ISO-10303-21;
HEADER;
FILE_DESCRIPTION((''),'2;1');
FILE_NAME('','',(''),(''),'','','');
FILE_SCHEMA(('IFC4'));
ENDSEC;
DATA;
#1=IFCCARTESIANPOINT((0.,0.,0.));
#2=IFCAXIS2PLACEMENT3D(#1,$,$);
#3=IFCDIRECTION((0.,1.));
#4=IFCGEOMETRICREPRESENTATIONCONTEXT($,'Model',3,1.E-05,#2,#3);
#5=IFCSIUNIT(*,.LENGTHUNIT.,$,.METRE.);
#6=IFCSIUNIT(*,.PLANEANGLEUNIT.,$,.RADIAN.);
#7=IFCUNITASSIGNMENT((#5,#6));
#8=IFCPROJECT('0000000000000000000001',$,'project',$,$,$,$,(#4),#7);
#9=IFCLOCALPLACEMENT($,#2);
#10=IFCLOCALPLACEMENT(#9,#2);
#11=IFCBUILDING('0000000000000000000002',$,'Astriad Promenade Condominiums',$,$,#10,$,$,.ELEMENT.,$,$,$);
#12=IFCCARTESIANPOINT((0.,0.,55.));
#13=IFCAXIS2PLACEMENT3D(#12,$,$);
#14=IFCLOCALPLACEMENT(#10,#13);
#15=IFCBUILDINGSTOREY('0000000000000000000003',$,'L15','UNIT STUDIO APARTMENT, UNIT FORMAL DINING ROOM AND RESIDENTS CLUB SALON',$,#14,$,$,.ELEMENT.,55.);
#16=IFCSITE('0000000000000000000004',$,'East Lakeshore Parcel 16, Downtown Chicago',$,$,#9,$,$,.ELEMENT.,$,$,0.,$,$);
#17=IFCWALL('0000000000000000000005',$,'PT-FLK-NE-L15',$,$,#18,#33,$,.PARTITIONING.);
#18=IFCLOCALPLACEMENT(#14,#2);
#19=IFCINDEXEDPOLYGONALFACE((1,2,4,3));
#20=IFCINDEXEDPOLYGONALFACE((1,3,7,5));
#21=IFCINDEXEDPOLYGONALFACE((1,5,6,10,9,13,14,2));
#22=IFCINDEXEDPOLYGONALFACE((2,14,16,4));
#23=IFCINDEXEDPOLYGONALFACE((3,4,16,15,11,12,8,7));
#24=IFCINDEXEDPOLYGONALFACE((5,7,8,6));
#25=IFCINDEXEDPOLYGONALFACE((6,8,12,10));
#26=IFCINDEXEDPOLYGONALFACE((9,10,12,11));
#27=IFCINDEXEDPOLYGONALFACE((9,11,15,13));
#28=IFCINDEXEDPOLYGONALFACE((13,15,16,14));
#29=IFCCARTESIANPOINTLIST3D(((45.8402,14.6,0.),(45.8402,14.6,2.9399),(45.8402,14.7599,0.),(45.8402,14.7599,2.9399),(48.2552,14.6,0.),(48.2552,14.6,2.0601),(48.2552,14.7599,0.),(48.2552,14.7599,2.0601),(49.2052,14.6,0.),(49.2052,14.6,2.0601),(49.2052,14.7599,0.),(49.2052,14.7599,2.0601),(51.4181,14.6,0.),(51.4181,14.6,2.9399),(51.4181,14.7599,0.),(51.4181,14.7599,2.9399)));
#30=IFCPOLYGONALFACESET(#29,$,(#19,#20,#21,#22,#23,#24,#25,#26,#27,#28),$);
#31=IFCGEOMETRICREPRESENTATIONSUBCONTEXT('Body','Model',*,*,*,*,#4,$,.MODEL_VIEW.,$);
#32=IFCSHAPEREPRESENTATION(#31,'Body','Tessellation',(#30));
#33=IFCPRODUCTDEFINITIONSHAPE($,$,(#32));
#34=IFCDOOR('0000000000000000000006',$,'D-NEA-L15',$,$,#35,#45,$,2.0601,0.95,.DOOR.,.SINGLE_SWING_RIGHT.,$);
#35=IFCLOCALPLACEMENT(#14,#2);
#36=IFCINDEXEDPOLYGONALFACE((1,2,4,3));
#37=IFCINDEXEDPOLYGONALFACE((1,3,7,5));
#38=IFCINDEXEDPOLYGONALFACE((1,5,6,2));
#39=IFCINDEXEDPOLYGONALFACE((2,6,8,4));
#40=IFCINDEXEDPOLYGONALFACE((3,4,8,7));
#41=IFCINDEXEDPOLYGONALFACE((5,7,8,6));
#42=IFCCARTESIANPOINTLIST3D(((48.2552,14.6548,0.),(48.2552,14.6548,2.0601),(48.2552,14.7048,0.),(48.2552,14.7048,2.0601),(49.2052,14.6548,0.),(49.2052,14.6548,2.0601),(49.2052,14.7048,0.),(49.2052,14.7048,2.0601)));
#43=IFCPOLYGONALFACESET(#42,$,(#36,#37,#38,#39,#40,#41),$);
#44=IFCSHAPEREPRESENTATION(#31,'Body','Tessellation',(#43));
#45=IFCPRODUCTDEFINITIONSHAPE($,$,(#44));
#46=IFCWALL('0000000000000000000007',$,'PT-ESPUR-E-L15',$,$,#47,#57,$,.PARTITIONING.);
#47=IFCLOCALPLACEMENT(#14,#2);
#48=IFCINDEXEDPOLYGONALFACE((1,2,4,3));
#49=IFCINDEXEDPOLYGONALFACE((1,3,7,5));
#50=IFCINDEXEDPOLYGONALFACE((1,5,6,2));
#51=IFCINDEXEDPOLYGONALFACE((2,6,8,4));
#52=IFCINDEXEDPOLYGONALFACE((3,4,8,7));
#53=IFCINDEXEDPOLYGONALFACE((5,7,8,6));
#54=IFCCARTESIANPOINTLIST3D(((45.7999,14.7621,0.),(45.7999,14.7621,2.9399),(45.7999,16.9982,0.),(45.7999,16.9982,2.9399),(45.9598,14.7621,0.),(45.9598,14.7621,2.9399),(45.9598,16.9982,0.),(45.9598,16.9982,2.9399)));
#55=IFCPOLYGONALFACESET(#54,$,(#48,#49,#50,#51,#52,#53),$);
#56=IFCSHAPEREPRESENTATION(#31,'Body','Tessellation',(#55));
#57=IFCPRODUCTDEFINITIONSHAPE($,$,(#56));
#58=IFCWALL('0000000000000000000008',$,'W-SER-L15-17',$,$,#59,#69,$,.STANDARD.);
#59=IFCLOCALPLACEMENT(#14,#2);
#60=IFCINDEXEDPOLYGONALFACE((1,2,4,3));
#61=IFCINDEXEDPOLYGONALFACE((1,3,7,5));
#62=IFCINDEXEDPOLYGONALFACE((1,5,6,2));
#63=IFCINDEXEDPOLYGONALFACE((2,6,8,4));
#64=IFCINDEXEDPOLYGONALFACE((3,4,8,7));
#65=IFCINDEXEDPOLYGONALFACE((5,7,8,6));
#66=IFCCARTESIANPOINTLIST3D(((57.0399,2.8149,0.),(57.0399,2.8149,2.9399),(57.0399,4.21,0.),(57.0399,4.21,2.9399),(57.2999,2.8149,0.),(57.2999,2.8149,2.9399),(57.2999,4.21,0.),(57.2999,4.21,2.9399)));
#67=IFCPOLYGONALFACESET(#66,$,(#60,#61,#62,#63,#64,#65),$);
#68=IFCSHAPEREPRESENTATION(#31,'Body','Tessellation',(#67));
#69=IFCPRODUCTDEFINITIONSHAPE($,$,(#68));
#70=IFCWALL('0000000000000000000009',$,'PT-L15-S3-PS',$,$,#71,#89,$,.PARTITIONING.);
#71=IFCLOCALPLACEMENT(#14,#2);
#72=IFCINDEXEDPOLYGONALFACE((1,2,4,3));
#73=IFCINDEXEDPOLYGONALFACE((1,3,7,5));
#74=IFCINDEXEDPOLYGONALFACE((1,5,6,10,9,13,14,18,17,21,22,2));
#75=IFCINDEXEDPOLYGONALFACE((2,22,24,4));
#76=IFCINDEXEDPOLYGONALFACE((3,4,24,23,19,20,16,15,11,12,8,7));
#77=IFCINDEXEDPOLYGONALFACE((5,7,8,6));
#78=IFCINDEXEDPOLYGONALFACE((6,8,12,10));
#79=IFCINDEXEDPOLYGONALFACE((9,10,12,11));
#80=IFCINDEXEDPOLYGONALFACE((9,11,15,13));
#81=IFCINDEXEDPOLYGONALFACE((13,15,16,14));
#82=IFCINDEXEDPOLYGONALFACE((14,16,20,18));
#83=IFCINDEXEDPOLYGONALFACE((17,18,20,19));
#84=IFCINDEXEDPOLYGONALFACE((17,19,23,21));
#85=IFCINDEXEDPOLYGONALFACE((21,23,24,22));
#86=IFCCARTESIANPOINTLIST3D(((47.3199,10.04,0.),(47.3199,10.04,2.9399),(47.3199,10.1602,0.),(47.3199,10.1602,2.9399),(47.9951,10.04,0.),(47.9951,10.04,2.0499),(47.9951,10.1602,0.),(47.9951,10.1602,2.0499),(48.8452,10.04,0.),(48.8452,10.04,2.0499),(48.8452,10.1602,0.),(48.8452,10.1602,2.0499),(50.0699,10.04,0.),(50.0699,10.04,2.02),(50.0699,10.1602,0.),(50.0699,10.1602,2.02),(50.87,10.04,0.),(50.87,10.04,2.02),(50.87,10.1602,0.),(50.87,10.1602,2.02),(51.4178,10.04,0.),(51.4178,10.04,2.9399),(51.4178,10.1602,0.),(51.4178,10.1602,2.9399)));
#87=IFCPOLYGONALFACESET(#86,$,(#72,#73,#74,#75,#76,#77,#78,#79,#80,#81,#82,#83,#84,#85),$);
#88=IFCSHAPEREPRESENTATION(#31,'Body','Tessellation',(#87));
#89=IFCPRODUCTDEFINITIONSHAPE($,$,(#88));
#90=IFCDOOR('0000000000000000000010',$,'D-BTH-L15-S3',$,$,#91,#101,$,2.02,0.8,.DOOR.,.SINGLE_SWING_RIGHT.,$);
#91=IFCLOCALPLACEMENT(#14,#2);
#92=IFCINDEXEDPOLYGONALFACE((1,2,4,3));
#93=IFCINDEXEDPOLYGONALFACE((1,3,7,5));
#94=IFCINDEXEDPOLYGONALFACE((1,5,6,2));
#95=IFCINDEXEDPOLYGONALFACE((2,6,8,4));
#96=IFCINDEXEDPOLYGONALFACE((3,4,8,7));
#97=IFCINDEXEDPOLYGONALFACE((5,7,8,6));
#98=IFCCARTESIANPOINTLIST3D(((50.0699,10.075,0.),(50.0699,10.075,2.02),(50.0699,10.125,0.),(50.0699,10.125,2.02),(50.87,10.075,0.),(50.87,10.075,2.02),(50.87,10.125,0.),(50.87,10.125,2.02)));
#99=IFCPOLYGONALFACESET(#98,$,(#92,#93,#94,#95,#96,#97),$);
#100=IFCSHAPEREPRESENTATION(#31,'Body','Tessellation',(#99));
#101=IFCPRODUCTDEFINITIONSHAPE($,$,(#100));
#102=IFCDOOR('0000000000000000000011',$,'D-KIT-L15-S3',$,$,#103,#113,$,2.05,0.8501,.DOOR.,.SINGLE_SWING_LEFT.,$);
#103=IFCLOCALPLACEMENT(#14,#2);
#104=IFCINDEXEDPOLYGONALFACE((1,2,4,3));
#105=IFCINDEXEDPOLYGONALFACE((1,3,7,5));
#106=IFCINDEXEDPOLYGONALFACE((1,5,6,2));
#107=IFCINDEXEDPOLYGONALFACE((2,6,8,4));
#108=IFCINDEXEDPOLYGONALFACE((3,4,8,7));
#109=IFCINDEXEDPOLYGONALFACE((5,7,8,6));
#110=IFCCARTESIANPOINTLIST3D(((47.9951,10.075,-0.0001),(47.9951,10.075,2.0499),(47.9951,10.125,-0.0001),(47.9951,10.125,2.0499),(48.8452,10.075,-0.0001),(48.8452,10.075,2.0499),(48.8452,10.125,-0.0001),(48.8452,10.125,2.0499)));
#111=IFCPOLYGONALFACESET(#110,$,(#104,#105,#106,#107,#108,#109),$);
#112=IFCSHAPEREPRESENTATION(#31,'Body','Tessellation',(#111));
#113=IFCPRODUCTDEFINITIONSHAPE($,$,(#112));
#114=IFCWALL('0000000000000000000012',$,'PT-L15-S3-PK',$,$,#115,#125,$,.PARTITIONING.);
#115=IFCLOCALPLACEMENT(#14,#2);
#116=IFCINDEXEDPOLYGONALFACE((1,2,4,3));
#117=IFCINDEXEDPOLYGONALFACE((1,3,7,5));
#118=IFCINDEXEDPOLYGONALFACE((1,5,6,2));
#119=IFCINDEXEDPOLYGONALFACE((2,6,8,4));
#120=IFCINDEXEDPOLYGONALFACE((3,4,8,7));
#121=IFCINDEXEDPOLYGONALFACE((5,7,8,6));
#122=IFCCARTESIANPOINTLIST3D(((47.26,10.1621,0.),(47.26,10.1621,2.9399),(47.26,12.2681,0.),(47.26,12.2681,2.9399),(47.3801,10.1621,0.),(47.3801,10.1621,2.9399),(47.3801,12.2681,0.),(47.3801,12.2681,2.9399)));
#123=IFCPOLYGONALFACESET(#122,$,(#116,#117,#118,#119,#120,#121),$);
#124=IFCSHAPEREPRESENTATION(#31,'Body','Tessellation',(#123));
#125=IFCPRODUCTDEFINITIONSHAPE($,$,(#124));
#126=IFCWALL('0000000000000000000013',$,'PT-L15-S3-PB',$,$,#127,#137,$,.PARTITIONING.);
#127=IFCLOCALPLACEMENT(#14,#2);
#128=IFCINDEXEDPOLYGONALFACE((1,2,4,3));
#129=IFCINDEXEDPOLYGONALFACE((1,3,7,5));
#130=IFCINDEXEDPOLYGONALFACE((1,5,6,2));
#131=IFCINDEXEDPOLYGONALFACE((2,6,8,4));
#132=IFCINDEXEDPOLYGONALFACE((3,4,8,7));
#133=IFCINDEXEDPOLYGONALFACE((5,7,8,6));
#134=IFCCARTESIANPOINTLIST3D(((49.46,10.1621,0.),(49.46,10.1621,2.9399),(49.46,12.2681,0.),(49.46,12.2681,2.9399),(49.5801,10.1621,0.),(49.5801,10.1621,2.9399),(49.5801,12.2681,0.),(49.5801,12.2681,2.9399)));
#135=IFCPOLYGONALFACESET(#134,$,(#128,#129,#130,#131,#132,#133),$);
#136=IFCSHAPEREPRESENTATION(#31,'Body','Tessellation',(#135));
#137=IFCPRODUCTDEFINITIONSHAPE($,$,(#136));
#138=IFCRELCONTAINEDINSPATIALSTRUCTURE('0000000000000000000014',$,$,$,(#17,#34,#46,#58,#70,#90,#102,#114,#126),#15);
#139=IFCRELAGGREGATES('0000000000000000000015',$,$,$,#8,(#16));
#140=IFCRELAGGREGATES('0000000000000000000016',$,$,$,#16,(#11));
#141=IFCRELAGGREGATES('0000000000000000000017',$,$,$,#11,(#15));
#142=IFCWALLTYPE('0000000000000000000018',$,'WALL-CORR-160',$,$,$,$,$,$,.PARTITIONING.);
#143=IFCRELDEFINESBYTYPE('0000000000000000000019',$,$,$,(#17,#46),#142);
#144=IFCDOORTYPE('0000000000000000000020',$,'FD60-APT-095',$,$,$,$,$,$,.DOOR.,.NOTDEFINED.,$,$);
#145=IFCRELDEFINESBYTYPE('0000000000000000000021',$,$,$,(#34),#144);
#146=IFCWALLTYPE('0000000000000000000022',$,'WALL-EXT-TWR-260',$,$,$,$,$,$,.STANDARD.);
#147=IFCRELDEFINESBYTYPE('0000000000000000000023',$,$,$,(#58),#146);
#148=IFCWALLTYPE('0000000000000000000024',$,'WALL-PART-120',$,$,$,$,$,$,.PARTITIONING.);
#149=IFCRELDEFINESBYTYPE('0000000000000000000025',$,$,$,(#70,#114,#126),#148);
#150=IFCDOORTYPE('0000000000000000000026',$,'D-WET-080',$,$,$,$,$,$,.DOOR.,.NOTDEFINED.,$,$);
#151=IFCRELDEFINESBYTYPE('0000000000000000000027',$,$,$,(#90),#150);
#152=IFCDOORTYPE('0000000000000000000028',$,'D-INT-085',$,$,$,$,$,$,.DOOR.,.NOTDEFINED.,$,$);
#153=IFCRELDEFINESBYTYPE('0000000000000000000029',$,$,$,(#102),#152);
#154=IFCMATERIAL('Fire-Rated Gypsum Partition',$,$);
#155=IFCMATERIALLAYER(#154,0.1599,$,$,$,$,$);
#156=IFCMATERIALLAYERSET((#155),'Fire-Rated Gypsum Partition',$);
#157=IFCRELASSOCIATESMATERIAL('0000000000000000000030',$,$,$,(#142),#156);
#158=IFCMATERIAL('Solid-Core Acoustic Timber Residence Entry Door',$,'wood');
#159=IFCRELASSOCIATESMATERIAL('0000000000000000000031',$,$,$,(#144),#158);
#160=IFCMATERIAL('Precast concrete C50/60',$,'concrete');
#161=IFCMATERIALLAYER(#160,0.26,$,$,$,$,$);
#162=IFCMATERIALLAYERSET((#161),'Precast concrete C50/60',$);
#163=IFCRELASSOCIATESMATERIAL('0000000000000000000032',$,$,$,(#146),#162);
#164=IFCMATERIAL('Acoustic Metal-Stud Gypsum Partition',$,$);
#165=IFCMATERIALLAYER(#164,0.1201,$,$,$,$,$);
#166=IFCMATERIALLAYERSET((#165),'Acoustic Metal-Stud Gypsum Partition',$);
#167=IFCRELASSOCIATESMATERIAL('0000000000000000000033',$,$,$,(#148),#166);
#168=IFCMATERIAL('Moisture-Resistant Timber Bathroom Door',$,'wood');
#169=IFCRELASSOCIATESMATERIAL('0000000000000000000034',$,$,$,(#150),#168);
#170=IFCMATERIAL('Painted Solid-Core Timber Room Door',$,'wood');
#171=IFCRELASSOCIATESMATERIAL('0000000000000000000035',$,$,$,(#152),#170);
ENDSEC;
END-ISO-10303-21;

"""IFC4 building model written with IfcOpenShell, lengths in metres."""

from ifc_helpers import new_model, si_unit, direction, frame, frame_2d, origin, place, context, subcontext, project, spatial, rectangle, extrude, source, transform, mapped, material, layer, layer_set, type_object, type_shapes, element, fill, save


model = new_model("IFC4")

# Units and contexts
model_context = context("Model", 3, precision=1e-05, world=origin(), true_north=direction((0.0, 1.0)))
body_context = subcontext(model_context, "Body", "Model", "MODEL_VIEW")
ifc_project = project(units=[si_unit("LENGTHUNIT", "METRE"), si_unit("PLANEANGLEUNIT", "RADIAN")], contexts=[model_context])

# Site, building, storey
site_placement = place(None, origin())
site = spatial("IfcSite", under=ifc_project, at=site_placement, Name="East Lakeshore Parcel 16, Downtown Chicago", CompositionType="ELEMENT", RefElevation=0.0)
building_placement = place(site_placement, origin())
building = spatial("IfcBuilding", under=site, at=building_placement, Name="Astriad Promenade Condominiums", CompositionType="ELEMENT")
storey_placement = place(building_placement, frame((0.0, 0.0, 55.0)))
storey = spatial("IfcBuildingStorey", under=building, at=storey_placement, Name="L15", Description="UNIT STUDIO APARTMENT, UNIT FORMAL DINING ROOM AND RESIDENTS CLUB SALON", CompositionType="ELEMENT", Elevation=55.0)

# Shared definitions
ifc_material_1 = material(Name="Fire-Rated Gypsum Partition")
ifc_layer_1 = layer(ifc_material_1, 0.1599)
ifc_layer_set_1 = layer_set([ifc_layer_1], Name="Fire-Rated Gypsum Partition")
wall_type_1 = type_object("IfcWallType", Name="WALL-CORR-160", PredefinedType="PARTITIONING", material=ifc_layer_set_1)

# Wall, opening, door
ifc_material_2 = material(Name="Solid-Core Acoustic Timber Residence Entry Door", Category="wood")
door_type_1 = type_object("IfcDoorType", Name="FD60-APT-095", OperationType="NOTDEFINED", PredefinedType="DOOR", material=ifc_material_2)
shared_shape_1 = source(origin(), body_context, "Body", "SweptSolid", [
    extrude(rectangle(XDim=0.95, YDim=2.0601, at=frame_2d((0.4751, 1.03))), frame((0.0, 0.0249, 0.0), z_axis=(0.0, -1.0, 0.0), x_axis=(1.0, 0.0, 0.0)), (0.0, 0.0, 1.0), 0.05),
])
type_shapes(door_type_1, [shared_shape_1])
wall_1_placement = place(storey_placement, frame((45.8401, 14.6799, 0.0), z_axis=(0.0, 0.0, 1.0), x_axis=(1.0, 0.0, 0.0)))
wall_1 = element("IfcWall", 1, at=wall_1_placement, inside=storey, type_object=wall_type_1, Name="PT-FLK-NE-L15", PredefinedType="PARTITIONING", context=body_context, shape_type="SweptSolid", body=[
    extrude(rectangle(XDim=5.5779, YDim=0.1599, at=frame_2d((2.7891, 0.0))), origin(), (0.0, 0.0, 1.0), 2.9399),
])
opening_1_placement = place(wall_1_placement, frame((2.415, 0.0, 0.0)))
opening_1 = element("IfcOpeningElement", 2, at=opening_1_placement, cuts=wall_1, PredefinedType="OPENING", context=body_context, shape_type="SweptSolid", body=[
    extrude(rectangle(XDim=0.95, YDim=2.0601, at=frame_2d((0.4751, 1.03))), frame((0.0, 0.0898, 0.0), z_axis=(0.0, -1.0, 0.0), x_axis=(1.0, 0.0, 0.0)), (0.0, 0.0, 1.0), 0.1799),
])
door_1_placement = place(opening_1_placement, origin())
door_1 = element("IfcDoor", 3, at=door_1_placement, inside=storey, type_object=door_type_1, Name="D-NEA-L15", OperationType="SINGLE_SWING_RIGHT", OverallHeight=2.0601, OverallWidth=0.95, PredefinedType="DOOR", context=body_context, shape_type="MappedRepresentation", body=[
    mapped(shared_shape_1, transform((0.0, 0.0, 0.0), scale=1.0)),
])
fill(opening_1, door_1)

# Walls
wall_2_placement = place(storey_placement, frame((45.8799, 14.762, 0.0), z_axis=(0.0, 0.0, 1.0), x_axis=(0.0, 1.0, 0.0)))
element("IfcWall", 4, at=wall_2_placement, inside=storey, type_object=wall_type_1, Name="PT-ESPUR-E-L15", PredefinedType="PARTITIONING", context=body_context, shape_type="SweptSolid", body=[
    extrude(rectangle(XDim=2.2361, YDim=0.1599, at=frame_2d((1.1182, 0.0))), origin(), (0.0, 0.0, 1.0), 2.9399),
])
ifc_material_3 = material(Name="Precast concrete C50/60", Category="concrete")
ifc_layer_2 = layer(ifc_material_3, 0.26)
ifc_layer_set_2 = layer_set([ifc_layer_2], Name="Precast concrete C50/60")
wall_type_2 = type_object("IfcWallType", Name="WALL-EXT-TWR-260", PredefinedType="STANDARD", material=ifc_layer_set_2)
wall_3_placement = place(storey_placement, frame((57.1699, 4.21, 0.0), z_axis=(0.0, 0.0, 1.0), x_axis=(0.0, -1.0, 0.0)))
element("IfcWall", 5, at=wall_3_placement, inside=storey, type_object=wall_type_2, Name="W-SER-L15-17", PredefinedType="STANDARD", context=body_context, shape_type="SweptSolid", body=[
    extrude(rectangle(XDim=1.395, YDim=0.26, at=frame_2d((0.6975, 0.0))), origin(), (0.0, 0.0, 1.0), 2.9399),
])

# Wall, openings, doors
ifc_material_4 = material(Name="Acoustic Metal-Stud Gypsum Partition")
ifc_layer_3 = layer(ifc_material_4, 0.1201)
ifc_layer_set_3 = layer_set([ifc_layer_3], Name="Acoustic Metal-Stud Gypsum Partition")
wall_type_3 = type_object("IfcWallType", Name="WALL-PART-120", PredefinedType="PARTITIONING", material=ifc_layer_set_3)
wall_4_placement = place(storey_placement, frame((47.3201, 10.1001, 0.0), z_axis=(0.0, 0.0, 1.0), x_axis=(1.0, 0.0, 0.0)))
wall_4 = element("IfcWall", 6, at=wall_4_placement, inside=storey, type_object=wall_type_3, Name="PT-L15-S3-PS", PredefinedType="PARTITIONING", context=body_context, shape_type="SweptSolid", body=[
    extrude(rectangle(XDim=4.0979, YDim=0.1201, at=frame_2d((2.0488, 0.0))), origin(), (0.0, 0.0, 1.0), 2.9399),
])
opening_2_placement = place(wall_4_placement, frame((0.675, 0.0, 0.0)))
opening_2 = element("IfcOpeningElement", 7, at=opening_2_placement, cuts=wall_4, PredefinedType="OPENING", context=body_context, shape_type="SweptSolid", body=[
    extrude(rectangle(XDim=0.8501, YDim=2.05, at=frame_2d((0.425, 1.0249))), frame((0.0, 0.0701, 0.0), z_axis=(0.0, -1.0, 0.0), x_axis=(1.0, 0.0, 0.0)), (0.0, 0.0, 1.0), 0.1401),
])
opening_3_placement = place(wall_4_placement, frame((2.75, 0.0, 0.0)))
opening_3 = element("IfcOpeningElement", 8, at=opening_3_placement, cuts=wall_4, PredefinedType="OPENING", context=body_context, shape_type="SweptSolid", body=[
    extrude(rectangle(XDim=0.8, YDim=2.02, at=frame_2d((0.3999, 1.01))), frame((0.0, 0.0701, 0.0), z_axis=(0.0, -1.0, 0.0), x_axis=(1.0, 0.0, 0.0)), (0.0, 0.0, 1.0), 0.1401),
])
ifc_material_5 = material(Name="Moisture-Resistant Timber Bathroom Door", Category="wood")
door_type_2 = type_object("IfcDoorType", Name="D-WET-080", OperationType="NOTDEFINED", PredefinedType="DOOR", material=ifc_material_5)
shared_shape_2 = source(origin(), body_context, "Body", "SweptSolid", [
    extrude(rectangle(XDim=0.8, YDim=2.02, at=frame_2d((0.3999, 1.01))), frame((0.0, 0.0249, 0.0), z_axis=(0.0, -1.0, 0.0), x_axis=(1.0, 0.0, 0.0)), (0.0, 0.0, 1.0), 0.05),
])
type_shapes(door_type_2, [shared_shape_2])
door_2_placement = place(opening_3_placement, origin())
door_2 = element("IfcDoor", 9, at=door_2_placement, inside=storey, type_object=door_type_2, Name="D-BTH-L15-S3", OperationType="SINGLE_SWING_RIGHT", OverallHeight=2.02, OverallWidth=0.8, PredefinedType="DOOR", context=body_context, shape_type="MappedRepresentation", body=[
    mapped(shared_shape_2, transform((0.0, 0.0, 0.0), scale=1.0)),
])
fill(opening_3, door_2)
ifc_material_6 = material(Name="Painted Solid-Core Timber Room Door", Category="wood")
door_type_3 = type_object("IfcDoorType", Name="D-INT-085", OperationType="NOTDEFINED", PredefinedType="DOOR", material=ifc_material_6)
shared_shape_3 = source(origin(), body_context, "Body", "SweptSolid", [
    extrude(rectangle(XDim=0.8501, YDim=2.05, at=frame_2d((0.425, 1.0249))), frame((0.0, 0.0249, 0.0), z_axis=(0.0, -1.0, 0.0), x_axis=(1.0, 0.0, 0.0)), (0.0, 0.0, 1.0), 0.05),
])
type_shapes(door_type_3, [shared_shape_3])
door_3_placement = place(opening_2_placement, origin())
door_3 = element("IfcDoor", 10, at=door_3_placement, inside=storey, type_object=door_type_3, Name="D-KIT-L15-S3", OperationType="SINGLE_SWING_LEFT", OverallHeight=2.05, OverallWidth=0.8501, PredefinedType="DOOR", context=body_context, shape_type="MappedRepresentation", body=[
    mapped(shared_shape_3, transform((0.0, 0.0, 0.0), scale=1.0)),
])
fill(opening_2, door_3)

# Walls
for number, where, z_axis, x_axis, name in (
    (11, (47.3201, 10.1621, 0.0), (0.0, 0.0, 1.0), (0.0, 1.0, 0.0), "PT-L15-S3-PK"),
    (12, (49.52, 10.1621, 0.0), (0.0, 0.0, 1.0), (0.0, 1.0, 0.0), "PT-L15-S3-PB"),
):
    element("IfcWall", number, at=place(storey_placement, frame(where, z_axis=z_axis, x_axis=x_axis)), inside=storey, type_object=wall_type_3, Name=name, PredefinedType="PARTITIONING", context=body_context, shape_type="SweptSolid", body=[
        extrude(rectangle(XDim=2.106, YDim=0.1201, at=frame_2d((1.053, 0.0))), origin(), (0.0, 0.0, 1.0), 2.9399),
    ])

save(model, "model.ifc")
